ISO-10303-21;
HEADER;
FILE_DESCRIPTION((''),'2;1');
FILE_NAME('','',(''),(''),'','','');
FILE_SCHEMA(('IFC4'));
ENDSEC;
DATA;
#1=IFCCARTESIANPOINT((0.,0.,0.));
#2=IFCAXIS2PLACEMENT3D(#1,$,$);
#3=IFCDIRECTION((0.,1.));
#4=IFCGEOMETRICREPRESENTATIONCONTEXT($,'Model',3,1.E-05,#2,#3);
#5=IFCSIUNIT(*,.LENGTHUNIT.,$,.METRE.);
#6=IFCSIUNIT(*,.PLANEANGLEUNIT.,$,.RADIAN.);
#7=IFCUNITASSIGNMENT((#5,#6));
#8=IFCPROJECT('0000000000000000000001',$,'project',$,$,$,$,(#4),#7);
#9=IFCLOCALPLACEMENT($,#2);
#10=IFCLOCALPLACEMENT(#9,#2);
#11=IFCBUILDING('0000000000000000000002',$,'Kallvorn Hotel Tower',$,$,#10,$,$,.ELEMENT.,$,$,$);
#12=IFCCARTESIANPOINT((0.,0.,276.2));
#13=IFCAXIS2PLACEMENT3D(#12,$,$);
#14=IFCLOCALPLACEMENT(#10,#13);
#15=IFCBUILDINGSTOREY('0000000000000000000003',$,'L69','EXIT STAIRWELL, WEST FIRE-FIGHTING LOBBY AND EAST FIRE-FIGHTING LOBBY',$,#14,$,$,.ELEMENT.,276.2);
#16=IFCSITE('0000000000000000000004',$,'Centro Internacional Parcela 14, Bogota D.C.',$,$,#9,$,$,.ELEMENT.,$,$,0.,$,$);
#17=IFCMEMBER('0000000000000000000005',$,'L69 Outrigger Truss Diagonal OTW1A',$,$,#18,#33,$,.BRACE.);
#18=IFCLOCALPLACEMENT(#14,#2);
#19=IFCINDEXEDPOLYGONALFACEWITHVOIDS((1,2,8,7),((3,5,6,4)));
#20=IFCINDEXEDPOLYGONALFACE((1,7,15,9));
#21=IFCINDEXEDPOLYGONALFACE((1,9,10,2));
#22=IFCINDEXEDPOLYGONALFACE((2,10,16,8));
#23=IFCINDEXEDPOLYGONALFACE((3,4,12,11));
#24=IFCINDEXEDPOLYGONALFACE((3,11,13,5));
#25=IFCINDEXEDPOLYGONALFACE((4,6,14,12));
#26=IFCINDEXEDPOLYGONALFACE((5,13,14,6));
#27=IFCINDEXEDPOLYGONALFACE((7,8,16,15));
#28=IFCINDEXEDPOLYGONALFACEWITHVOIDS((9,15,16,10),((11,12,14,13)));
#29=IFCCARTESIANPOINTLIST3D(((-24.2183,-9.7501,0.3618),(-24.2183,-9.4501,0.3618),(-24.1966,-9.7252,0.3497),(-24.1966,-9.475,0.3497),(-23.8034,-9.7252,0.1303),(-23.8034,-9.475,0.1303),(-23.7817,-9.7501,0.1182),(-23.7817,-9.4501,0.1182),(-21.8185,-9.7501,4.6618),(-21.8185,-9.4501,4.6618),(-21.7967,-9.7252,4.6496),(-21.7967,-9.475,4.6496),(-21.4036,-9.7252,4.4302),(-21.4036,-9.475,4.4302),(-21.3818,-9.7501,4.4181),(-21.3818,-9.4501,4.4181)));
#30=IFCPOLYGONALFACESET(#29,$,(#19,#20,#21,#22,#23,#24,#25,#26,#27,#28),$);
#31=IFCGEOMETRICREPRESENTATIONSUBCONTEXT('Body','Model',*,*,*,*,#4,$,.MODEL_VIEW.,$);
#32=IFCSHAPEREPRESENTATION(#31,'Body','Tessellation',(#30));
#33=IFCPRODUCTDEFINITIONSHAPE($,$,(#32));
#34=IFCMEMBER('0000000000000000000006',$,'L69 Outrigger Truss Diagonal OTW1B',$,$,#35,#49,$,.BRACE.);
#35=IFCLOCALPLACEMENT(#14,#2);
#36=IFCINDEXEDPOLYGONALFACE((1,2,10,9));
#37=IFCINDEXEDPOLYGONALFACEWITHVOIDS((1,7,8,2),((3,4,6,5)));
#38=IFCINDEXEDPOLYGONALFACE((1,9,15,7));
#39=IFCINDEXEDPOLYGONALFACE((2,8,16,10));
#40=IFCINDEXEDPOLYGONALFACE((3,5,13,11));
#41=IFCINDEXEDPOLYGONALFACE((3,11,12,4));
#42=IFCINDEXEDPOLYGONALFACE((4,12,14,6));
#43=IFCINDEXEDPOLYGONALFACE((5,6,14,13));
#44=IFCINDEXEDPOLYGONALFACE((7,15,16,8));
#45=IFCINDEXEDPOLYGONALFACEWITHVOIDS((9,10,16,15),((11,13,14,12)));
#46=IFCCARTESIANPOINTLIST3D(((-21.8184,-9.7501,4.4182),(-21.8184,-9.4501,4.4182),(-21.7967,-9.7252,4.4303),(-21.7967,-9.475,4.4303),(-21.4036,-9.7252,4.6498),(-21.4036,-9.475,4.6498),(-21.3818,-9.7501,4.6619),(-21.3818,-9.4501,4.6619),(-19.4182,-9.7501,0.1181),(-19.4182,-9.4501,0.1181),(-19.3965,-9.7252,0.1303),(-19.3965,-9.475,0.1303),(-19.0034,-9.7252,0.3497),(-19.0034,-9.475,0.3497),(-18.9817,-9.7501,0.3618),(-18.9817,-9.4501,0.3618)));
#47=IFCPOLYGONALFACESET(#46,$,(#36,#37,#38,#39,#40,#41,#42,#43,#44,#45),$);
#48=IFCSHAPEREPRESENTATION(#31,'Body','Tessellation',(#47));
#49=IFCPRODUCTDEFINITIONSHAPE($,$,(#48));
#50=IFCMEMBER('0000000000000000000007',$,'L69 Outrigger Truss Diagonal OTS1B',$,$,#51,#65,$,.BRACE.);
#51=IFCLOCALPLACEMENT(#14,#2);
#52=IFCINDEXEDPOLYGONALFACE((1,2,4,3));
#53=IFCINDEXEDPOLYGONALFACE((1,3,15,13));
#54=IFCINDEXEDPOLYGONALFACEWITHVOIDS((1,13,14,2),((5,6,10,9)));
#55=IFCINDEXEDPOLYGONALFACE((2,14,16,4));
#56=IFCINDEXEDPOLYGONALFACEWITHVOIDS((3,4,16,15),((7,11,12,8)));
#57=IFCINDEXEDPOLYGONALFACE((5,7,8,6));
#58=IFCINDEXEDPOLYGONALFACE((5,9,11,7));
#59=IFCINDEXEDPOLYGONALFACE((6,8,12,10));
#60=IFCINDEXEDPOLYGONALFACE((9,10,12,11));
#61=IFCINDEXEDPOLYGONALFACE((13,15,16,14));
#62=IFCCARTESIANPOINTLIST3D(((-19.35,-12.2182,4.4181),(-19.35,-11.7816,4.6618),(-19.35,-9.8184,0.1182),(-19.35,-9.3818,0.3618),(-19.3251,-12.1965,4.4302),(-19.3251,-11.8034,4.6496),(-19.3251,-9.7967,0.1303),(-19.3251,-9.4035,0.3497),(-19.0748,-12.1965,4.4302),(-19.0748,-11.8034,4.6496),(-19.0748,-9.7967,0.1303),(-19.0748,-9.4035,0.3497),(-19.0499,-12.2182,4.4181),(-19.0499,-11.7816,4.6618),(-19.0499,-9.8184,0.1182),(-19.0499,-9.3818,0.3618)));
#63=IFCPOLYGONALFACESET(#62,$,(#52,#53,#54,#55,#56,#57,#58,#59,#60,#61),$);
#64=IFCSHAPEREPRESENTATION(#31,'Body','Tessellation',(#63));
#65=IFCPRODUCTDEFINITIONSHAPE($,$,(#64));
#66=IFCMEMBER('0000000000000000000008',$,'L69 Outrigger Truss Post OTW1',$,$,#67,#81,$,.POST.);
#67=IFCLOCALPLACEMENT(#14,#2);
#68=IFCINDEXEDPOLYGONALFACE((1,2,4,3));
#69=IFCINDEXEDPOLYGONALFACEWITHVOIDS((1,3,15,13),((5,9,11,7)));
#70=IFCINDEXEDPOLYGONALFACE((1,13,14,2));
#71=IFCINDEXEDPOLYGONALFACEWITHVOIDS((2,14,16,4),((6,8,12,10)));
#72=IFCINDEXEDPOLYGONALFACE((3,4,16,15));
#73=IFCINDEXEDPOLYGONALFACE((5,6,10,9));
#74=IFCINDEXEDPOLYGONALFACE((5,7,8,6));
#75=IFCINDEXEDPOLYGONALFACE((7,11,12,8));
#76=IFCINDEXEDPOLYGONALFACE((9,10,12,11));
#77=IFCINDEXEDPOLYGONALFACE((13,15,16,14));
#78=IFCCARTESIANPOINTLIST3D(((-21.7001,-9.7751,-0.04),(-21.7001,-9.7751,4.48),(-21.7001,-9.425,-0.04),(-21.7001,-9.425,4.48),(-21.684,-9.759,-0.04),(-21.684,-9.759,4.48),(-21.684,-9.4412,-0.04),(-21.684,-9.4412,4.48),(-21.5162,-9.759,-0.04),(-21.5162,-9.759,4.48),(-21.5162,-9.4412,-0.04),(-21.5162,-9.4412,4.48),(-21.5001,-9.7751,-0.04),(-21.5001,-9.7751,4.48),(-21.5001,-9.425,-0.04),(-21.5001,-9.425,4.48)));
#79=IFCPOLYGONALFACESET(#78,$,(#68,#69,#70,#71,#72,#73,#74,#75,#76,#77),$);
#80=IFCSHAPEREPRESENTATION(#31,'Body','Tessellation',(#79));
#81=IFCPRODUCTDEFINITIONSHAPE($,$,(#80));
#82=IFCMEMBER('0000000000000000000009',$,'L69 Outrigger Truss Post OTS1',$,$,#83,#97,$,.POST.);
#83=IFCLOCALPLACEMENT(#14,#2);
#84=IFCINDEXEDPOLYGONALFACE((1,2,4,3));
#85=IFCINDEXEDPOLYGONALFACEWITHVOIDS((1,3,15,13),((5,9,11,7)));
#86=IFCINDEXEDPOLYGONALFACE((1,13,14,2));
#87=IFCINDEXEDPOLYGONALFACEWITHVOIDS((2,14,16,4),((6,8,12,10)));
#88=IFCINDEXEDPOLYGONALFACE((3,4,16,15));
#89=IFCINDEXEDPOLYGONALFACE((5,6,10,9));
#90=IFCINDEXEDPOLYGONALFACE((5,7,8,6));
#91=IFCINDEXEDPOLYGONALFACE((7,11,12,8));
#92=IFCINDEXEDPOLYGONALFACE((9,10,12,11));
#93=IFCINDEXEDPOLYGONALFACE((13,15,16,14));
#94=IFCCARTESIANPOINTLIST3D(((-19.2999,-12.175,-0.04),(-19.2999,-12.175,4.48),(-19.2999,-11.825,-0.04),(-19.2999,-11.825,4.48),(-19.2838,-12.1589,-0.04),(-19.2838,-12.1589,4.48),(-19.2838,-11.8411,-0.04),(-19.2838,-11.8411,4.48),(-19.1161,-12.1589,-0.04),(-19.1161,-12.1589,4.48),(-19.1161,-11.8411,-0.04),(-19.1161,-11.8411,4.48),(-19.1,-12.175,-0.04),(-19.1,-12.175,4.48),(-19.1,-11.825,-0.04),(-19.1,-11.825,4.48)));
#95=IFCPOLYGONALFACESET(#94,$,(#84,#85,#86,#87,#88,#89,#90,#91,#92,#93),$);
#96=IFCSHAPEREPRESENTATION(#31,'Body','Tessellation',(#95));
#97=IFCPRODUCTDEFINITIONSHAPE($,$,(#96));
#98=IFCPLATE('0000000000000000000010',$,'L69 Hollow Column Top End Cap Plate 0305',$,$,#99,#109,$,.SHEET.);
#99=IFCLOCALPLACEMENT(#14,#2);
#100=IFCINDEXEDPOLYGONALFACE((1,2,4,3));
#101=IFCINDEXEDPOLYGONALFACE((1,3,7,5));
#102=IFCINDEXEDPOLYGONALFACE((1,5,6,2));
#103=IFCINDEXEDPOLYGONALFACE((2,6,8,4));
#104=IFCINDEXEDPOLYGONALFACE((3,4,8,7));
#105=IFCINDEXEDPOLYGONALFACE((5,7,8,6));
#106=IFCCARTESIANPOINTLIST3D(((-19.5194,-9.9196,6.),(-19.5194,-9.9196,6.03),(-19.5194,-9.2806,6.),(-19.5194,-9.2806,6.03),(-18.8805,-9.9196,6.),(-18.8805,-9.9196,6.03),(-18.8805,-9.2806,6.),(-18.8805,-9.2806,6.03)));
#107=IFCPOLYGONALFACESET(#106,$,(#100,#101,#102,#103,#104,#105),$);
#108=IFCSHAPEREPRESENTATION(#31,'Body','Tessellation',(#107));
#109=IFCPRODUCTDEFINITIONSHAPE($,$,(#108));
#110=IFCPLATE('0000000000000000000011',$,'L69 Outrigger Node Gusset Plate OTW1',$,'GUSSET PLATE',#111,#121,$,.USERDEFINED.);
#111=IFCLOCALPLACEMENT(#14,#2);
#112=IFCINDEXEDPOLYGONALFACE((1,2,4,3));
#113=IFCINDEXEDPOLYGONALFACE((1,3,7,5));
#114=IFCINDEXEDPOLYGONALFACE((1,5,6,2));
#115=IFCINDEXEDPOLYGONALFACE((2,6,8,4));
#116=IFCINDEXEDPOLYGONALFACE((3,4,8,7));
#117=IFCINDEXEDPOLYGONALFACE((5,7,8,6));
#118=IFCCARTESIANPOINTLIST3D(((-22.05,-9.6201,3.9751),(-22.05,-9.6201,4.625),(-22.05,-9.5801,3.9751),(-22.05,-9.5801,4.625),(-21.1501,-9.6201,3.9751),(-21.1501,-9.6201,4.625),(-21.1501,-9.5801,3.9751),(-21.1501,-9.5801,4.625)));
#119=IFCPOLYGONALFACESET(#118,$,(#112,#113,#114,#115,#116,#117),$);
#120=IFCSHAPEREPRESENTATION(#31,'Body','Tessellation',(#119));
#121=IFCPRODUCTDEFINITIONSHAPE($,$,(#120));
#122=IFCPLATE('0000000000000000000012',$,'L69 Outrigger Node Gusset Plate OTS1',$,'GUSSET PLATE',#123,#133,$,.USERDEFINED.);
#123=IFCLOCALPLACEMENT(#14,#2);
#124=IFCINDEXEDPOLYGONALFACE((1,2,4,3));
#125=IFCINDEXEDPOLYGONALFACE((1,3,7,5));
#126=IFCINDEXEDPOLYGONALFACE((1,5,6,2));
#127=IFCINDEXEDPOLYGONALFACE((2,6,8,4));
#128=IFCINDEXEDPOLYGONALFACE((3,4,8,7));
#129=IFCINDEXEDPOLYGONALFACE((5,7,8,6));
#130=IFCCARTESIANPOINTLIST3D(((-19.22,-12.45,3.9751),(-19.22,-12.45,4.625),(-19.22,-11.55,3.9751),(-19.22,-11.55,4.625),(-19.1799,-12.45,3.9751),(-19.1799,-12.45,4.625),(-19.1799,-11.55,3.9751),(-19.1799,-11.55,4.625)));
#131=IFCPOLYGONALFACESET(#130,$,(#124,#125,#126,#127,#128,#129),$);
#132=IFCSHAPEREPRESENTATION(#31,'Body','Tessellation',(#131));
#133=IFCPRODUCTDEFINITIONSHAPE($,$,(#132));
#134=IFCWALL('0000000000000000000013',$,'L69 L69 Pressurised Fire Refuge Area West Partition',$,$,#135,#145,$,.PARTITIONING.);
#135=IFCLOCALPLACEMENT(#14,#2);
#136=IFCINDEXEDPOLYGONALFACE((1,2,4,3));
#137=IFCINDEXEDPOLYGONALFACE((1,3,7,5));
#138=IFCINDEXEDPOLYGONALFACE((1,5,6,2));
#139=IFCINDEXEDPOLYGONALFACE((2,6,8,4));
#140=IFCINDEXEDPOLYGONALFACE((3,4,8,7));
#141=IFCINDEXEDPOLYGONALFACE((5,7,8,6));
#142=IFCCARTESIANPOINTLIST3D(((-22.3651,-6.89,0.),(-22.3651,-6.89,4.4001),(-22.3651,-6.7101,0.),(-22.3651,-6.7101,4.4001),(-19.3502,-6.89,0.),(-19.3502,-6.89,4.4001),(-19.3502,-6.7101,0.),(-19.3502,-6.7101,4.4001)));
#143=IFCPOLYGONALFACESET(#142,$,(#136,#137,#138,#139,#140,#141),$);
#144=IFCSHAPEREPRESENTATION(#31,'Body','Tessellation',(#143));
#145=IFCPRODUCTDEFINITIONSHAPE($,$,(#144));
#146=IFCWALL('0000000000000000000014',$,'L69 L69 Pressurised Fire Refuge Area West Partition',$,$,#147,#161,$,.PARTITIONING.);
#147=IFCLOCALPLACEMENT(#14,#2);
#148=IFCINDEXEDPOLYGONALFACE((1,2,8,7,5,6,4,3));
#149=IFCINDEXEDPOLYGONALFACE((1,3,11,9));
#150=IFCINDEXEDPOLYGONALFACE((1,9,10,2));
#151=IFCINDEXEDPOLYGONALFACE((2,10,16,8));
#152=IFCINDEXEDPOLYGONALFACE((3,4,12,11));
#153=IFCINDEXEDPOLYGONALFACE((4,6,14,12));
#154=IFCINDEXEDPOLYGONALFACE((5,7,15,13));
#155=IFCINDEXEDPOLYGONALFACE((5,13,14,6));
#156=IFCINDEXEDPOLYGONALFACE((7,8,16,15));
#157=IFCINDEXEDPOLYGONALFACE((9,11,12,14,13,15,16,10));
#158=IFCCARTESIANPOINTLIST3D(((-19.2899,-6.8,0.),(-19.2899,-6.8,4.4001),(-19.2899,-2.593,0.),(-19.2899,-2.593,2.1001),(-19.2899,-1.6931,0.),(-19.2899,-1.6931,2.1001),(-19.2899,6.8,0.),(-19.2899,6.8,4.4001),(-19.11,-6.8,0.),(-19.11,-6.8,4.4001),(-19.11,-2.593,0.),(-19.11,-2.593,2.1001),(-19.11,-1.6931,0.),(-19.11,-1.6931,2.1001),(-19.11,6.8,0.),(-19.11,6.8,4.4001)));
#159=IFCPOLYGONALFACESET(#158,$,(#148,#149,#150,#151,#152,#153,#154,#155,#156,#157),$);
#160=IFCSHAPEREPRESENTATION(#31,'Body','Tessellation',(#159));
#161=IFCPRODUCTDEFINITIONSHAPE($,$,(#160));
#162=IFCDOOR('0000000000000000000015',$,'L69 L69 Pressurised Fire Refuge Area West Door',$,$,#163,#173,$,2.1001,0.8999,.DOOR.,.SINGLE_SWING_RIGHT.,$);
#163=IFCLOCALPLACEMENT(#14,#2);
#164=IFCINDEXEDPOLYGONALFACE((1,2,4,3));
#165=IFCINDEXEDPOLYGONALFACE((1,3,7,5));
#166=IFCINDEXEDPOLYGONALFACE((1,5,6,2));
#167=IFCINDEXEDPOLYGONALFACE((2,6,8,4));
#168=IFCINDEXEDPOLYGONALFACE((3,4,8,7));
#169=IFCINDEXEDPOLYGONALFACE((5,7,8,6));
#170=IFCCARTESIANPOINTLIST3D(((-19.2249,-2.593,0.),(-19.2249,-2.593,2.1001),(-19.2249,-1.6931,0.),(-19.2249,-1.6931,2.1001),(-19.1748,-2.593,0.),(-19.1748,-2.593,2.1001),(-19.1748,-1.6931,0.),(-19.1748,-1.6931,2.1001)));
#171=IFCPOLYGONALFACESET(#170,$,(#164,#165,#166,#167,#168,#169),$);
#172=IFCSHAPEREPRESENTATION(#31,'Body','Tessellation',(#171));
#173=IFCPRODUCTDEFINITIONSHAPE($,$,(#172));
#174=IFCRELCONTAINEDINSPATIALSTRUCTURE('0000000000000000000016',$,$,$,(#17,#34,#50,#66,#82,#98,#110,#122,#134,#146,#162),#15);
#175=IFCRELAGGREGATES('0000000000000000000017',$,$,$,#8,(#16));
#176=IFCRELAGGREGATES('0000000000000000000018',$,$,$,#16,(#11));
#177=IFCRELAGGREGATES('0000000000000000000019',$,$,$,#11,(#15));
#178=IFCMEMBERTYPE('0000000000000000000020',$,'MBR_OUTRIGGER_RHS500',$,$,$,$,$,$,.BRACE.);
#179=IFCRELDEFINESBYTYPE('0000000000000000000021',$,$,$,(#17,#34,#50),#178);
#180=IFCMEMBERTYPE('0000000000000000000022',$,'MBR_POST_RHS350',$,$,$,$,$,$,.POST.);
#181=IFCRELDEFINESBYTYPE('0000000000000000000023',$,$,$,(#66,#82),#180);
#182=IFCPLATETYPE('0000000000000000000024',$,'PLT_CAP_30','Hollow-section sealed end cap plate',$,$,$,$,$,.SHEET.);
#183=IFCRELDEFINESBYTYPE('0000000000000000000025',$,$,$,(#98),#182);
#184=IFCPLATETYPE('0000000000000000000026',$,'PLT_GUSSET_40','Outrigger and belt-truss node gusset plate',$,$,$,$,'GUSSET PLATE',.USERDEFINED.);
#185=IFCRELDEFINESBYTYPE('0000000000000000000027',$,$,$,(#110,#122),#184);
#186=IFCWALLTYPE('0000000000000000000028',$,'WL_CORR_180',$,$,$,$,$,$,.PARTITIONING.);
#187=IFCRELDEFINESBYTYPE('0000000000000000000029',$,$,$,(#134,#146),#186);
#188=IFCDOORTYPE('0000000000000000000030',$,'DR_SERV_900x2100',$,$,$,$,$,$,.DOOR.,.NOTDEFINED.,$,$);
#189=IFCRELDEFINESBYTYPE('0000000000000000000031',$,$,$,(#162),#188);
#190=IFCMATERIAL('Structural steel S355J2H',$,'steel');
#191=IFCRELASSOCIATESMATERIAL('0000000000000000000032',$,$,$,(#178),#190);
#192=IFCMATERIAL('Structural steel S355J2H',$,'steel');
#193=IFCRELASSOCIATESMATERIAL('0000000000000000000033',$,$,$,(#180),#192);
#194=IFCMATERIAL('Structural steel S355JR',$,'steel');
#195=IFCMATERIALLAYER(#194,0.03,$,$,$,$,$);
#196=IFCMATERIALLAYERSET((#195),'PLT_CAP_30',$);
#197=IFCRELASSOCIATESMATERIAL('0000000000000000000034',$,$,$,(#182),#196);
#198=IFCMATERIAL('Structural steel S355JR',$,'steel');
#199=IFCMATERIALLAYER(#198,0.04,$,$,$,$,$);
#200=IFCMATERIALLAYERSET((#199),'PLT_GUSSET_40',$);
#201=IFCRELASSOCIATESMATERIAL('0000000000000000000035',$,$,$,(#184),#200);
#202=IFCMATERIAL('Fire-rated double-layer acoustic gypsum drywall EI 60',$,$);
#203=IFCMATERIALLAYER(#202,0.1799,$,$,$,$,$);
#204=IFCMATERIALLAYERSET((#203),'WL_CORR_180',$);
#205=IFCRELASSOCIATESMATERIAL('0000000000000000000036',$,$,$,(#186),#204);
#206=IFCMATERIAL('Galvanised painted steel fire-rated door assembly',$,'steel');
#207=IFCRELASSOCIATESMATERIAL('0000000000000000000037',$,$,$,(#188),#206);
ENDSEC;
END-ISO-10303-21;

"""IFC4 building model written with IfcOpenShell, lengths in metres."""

from ifc_helpers import new_model, si_unit, direction, frame, frame_2d, origin, origin_2d, place, context, subcontext, project, spatial, rectangle, hollow_rectangle, extrude, material, layer, layer_set, material_profile, profile_set, type_object, element, fill, save


model = new_model("IFC4")

# Units and contexts
model_context = context("Model", 3, precision=1e-05, world=origin(), true_north=direction((0.0, 1.0)))
body_context = subcontext(model_context, "Body", "Model", "MODEL_VIEW")
ifc_project = project(units=[si_unit("LENGTHUNIT", "METRE"), si_unit("PLANEANGLEUNIT", "RADIAN")], contexts=[model_context])

# Site, building, storey
site_placement = place(None, origin())
site = spatial("IfcSite", under=ifc_project, at=site_placement, Name="Centro Internacional Parcela 14, Bogota D.C.", CompositionType="ELEMENT", RefElevation=0.0)
building_placement = place(site_placement, origin())
building = spatial("IfcBuilding", under=site, at=building_placement, Name="Kallvorn Hotel Tower", CompositionType="ELEMENT")
storey_placement = place(building_placement, frame((0.0, 0.0, 276.2)))
storey = spatial("IfcBuildingStorey", under=building, at=storey_placement, Name="L69", Description="EXIT STAIRWELL, WEST FIRE-FIGHTING LOBBY AND EAST FIRE-FIGHTING LOBBY", CompositionType="ELEMENT", Elevation=276.2)

# Members
ifc_material_1 = material(Name="Structural steel S355J2H", Category="steel")
ifc_material_profile_1 = material_profile(ifc_material_1, hollow_rectangle(XDim=0.3, YDim=0.5, WallThickness=0.0249, at=origin_2d()), Name="RHS 500x300x25")
ifc_profile_set_1 = profile_set([ifc_material_profile_1], Name="Structural steel S355J2H")
member_type_1 = type_object("IfcMemberType", Name="MBR_OUTRIGGER_RHS500", PredefinedType="BRACE", material=ifc_profile_set_1)
member_1_placement = place(storey_placement, frame((-24.0, -9.6001, 0.24), z_axis=(0.487347, 0.0, 0.873208), x_axis=(0.0, 1.0, 0.0)))
element("IfcMember", 1, at=member_1_placement, inside=storey, type_object=member_type_1, Name="L69 Outrigger Truss Diagonal OTW1A", PredefinedType="BRACE", context=body_context, shape_type="SweptSolid", body=[
    extrude(hollow_rectangle(XDim=0.3, YDim=0.5, WallThickness=0.0249, at=origin_2d()), origin(), (0.0, 0.0, 1.0), 4.9243),
])
member_2_placement = place(storey_placement, frame((-19.2, -9.6001, 0.24), z_axis=(-0.487385, 0.0, 0.873187), x_axis=(0.0, -1.0, 0.0)))
element("IfcMember", 2, at=member_2_placement, inside=storey, type_object=member_type_1, Name="L69 Outrigger Truss Diagonal OTW1B", PredefinedType="BRACE", context=body_context, shape_type="SweptSolid", body=[
    extrude(hollow_rectangle(XDim=0.3, YDim=0.5, WallThickness=0.0249, at=origin_2d()), origin(), (0.0, 0.0, 1.0), 4.9246),
])
member_3_placement = place(storey_placement, frame((-19.2, -9.6001, 0.24), z_axis=(0.0, -0.487347, 0.873208), x_axis=(1.0, 0.0, 0.0)))
element("IfcMember", 3, at=member_3_placement, inside=storey, type_object=member_type_1, Name="L69 Outrigger Truss Diagonal OTS1B", PredefinedType="BRACE", context=body_context, shape_type="SweptSolid", body=[
    extrude(hollow_rectangle(XDim=0.3, YDim=0.5, WallThickness=0.0249, at=origin_2d()), origin(), (0.0, 0.0, 1.0), 4.9243),
])
ifc_material_2 = material(Name="Structural steel S355J2H", Category="steel")
ifc_material_profile_2 = material_profile(ifc_material_2, hollow_rectangle(XDim=0.2, YDim=0.3501, WallThickness=0.0161, at=origin_2d()), Name="RHS 350x200x16")
ifc_profile_set_2 = profile_set([ifc_material_profile_2], Name="Structural steel S355J2H")
member_type_2 = type_object("IfcMemberType", Name="MBR_POST_RHS350", PredefinedType="POST", material=ifc_profile_set_2)
for number, where, z_axis, x_axis, name in (
    (4, (-21.6001, -9.6001, -0.04), (0.0, 0.0, 1.0), (1.0, 0.0, 0.0), "L69 Outrigger Truss Post OTW1"),
    (5, (-19.2, -12.0, -0.04), (0.0, 0.0, 1.0), (1.0, 0.0, 0.0), "L69 Outrigger Truss Post OTS1"),
):
    element("IfcMember", number, at=place(storey_placement, frame(where, z_axis=z_axis, x_axis=x_axis)), inside=storey, type_object=member_type_2, Name=name, PredefinedType="POST", context=body_context, shape_type="SweptSolid", body=[
        extrude(hollow_rectangle(XDim=0.2, YDim=0.3501, WallThickness=0.0161, at=origin_2d()), origin(), (0.0, 0.0, 1.0), 4.52),
    ])

# Plates
ifc_material_3 = material(Name="Structural steel S355JR", Category="steel")
ifc_layer_1 = layer(ifc_material_3, 0.03)
ifc_layer_set_1 = layer_set([ifc_layer_1], Name="PLT_CAP_30")
plate_type_1 = type_object("IfcPlateType", Name="PLT_CAP_30", Description="Hollow-section sealed end cap plate", PredefinedType="SHEET", material=ifc_layer_set_1)
plate_placement = place(storey_placement, frame((-19.2, -9.6001, 6.0), z_axis=(0.0, 0.0, 1.0), x_axis=(1.0, 0.0, 0.0)))
element("IfcPlate", 6, at=plate_placement, inside=storey, type_object=plate_type_1, Name="L69 Hollow Column Top End Cap Plate 0305", PredefinedType="SHEET", context=body_context, shape_type="SweptSolid", body=[
    extrude(rectangle(XDim=0.6389, YDim=0.6389, at=origin_2d()), origin(), (0.0, 0.0, 1.0), 0.03),
])
ifc_material_4 = material(Name="Structural steel S355JR", Category="steel")
ifc_layer_2 = layer(ifc_material_4, 0.04)
ifc_layer_set_2 = layer_set([ifc_layer_2], Name="PLT_GUSSET_40")
plate_type_2 = type_object("IfcPlateType", Name="PLT_GUSSET_40", Description="Outrigger and belt-truss node gusset plate", ElementType="GUSSET PLATE", PredefinedType="USERDEFINED", material=ifc_layer_set_2)
for number, where, z_axis, x_axis, name in (
    (7, (-21.6001, -9.6001, 3.9751), (0.0, 0.0, 1.0), (1.0, 0.0, 0.0), "L69 Outrigger Node Gusset Plate OTW1"),
    (8, (-19.2, -12.0, 3.9751), (0.0, 0.0, 1.0), (0.0, 1.0, 0.0), "L69 Outrigger Node Gusset Plate OTS1"),
):
    element("IfcPlate", number, at=place(storey_placement, frame(where, z_axis=z_axis, x_axis=x_axis)), inside=storey, type_object=plate_type_2, Name=name, ObjectType="GUSSET PLATE", PredefinedType="USERDEFINED", context=body_context, shape_type="SweptSolid", body=[
        extrude(rectangle(XDim=0.8999, YDim=0.04, at=origin_2d()), origin(), (0.0, 0.0, 1.0), 0.6499),
    ])

# Wall
ifc_material_5 = material(Name="Fire-rated double-layer acoustic gypsum drywall EI 60")
ifc_layer_3 = layer(ifc_material_5, 0.1799)
ifc_layer_set_3 = layer_set([ifc_layer_3], Name="WL_CORR_180")
wall_type_1 = type_object("IfcWallType", Name="WL_CORR_180", PredefinedType="PARTITIONING", material=ifc_layer_set_3)
wall_1_placement = place(storey_placement, frame((-22.365, -6.8, 0.0), z_axis=(0.0, 0.0, 1.0), x_axis=(1.0, 0.0, 0.0)))
element("IfcWall", 9, at=wall_1_placement, inside=storey, type_object=wall_type_1, Name="L69 L69 Pressurised Fire Refuge Area West Partition", PredefinedType="PARTITIONING", context=body_context, shape_type="SweptSolid", body=[
    extrude(rectangle(XDim=3.0149, YDim=0.1799, at=frame_2d((1.5073, 0.0))), origin(), (0.0, 0.0, 1.0), 4.4001),
])

# Wall, opening, door
wall_2_placement = place(storey_placement, frame((-19.2, -6.8, 0.0), z_axis=(0.0, 0.0, 1.0), x_axis=(0.0, 1.0, 0.0)))
wall_2 = element("IfcWall", 10, at=wall_2_placement, inside=storey, type_object=wall_type_1, Name="L69 L69 Pressurised Fire Refuge Area West Partition", PredefinedType="PARTITIONING", context=body_context, shape_type="SweptSolid", body=[
    extrude(rectangle(XDim=13.6001, YDim=0.1799, at=frame_2d((6.8, 0.0))), origin(), (0.0, 0.0, 1.0), 4.4001),
])
opening_1_placement = place(wall_2_placement, frame((4.207, 0.0, 0.0)))
opening_1 = element("IfcOpeningElement", 11, at=opening_1_placement, cuts=wall_2, PredefinedType="OPENING", context=body_context, shape_type="SweptSolid", body=[
    extrude(rectangle(XDim=0.8999, YDim=2.1001, at=frame_2d((0.45, 1.05))), frame((0.0, 0.1047, 0.0), z_axis=(0.0, -1.0, 0.0), x_axis=(1.0, 0.0, 0.0)), (0.0, 0.0, 1.0), 0.21),
])
ifc_material_6 = material(Name="Galvanised painted steel fire-rated door assembly", Category="steel")
door_type_1 = type_object("IfcDoorType", Name="DR_SERV_900x2100", OperationType="NOTDEFINED", PredefinedType="DOOR", material=ifc_material_6)
door_1_placement = place(opening_1_placement, origin())
door_1 = element("IfcDoor", 12, at=door_1_placement, inside=storey, type_object=door_type_1, Name="L69 L69 Pressurised Fire Refuge Area West Door", OperationType="SINGLE_SWING_RIGHT", OverallHeight=2.1001, OverallWidth=0.8999, PredefinedType="DOOR", context=body_context, shape_type="SweptSolid", body=[
    extrude(rectangle(XDim=0.8999, YDim=2.1001, at=frame_2d((0.45, 1.05))), frame((0.0, 0.0249, 0.0), z_axis=(0.0, -1.0, 0.0), x_axis=(1.0, 0.0, 0.0)), (0.0, 0.0, 1.0), 0.05),
])
fill(opening_1, door_1)

save(model, "model.ifc")
